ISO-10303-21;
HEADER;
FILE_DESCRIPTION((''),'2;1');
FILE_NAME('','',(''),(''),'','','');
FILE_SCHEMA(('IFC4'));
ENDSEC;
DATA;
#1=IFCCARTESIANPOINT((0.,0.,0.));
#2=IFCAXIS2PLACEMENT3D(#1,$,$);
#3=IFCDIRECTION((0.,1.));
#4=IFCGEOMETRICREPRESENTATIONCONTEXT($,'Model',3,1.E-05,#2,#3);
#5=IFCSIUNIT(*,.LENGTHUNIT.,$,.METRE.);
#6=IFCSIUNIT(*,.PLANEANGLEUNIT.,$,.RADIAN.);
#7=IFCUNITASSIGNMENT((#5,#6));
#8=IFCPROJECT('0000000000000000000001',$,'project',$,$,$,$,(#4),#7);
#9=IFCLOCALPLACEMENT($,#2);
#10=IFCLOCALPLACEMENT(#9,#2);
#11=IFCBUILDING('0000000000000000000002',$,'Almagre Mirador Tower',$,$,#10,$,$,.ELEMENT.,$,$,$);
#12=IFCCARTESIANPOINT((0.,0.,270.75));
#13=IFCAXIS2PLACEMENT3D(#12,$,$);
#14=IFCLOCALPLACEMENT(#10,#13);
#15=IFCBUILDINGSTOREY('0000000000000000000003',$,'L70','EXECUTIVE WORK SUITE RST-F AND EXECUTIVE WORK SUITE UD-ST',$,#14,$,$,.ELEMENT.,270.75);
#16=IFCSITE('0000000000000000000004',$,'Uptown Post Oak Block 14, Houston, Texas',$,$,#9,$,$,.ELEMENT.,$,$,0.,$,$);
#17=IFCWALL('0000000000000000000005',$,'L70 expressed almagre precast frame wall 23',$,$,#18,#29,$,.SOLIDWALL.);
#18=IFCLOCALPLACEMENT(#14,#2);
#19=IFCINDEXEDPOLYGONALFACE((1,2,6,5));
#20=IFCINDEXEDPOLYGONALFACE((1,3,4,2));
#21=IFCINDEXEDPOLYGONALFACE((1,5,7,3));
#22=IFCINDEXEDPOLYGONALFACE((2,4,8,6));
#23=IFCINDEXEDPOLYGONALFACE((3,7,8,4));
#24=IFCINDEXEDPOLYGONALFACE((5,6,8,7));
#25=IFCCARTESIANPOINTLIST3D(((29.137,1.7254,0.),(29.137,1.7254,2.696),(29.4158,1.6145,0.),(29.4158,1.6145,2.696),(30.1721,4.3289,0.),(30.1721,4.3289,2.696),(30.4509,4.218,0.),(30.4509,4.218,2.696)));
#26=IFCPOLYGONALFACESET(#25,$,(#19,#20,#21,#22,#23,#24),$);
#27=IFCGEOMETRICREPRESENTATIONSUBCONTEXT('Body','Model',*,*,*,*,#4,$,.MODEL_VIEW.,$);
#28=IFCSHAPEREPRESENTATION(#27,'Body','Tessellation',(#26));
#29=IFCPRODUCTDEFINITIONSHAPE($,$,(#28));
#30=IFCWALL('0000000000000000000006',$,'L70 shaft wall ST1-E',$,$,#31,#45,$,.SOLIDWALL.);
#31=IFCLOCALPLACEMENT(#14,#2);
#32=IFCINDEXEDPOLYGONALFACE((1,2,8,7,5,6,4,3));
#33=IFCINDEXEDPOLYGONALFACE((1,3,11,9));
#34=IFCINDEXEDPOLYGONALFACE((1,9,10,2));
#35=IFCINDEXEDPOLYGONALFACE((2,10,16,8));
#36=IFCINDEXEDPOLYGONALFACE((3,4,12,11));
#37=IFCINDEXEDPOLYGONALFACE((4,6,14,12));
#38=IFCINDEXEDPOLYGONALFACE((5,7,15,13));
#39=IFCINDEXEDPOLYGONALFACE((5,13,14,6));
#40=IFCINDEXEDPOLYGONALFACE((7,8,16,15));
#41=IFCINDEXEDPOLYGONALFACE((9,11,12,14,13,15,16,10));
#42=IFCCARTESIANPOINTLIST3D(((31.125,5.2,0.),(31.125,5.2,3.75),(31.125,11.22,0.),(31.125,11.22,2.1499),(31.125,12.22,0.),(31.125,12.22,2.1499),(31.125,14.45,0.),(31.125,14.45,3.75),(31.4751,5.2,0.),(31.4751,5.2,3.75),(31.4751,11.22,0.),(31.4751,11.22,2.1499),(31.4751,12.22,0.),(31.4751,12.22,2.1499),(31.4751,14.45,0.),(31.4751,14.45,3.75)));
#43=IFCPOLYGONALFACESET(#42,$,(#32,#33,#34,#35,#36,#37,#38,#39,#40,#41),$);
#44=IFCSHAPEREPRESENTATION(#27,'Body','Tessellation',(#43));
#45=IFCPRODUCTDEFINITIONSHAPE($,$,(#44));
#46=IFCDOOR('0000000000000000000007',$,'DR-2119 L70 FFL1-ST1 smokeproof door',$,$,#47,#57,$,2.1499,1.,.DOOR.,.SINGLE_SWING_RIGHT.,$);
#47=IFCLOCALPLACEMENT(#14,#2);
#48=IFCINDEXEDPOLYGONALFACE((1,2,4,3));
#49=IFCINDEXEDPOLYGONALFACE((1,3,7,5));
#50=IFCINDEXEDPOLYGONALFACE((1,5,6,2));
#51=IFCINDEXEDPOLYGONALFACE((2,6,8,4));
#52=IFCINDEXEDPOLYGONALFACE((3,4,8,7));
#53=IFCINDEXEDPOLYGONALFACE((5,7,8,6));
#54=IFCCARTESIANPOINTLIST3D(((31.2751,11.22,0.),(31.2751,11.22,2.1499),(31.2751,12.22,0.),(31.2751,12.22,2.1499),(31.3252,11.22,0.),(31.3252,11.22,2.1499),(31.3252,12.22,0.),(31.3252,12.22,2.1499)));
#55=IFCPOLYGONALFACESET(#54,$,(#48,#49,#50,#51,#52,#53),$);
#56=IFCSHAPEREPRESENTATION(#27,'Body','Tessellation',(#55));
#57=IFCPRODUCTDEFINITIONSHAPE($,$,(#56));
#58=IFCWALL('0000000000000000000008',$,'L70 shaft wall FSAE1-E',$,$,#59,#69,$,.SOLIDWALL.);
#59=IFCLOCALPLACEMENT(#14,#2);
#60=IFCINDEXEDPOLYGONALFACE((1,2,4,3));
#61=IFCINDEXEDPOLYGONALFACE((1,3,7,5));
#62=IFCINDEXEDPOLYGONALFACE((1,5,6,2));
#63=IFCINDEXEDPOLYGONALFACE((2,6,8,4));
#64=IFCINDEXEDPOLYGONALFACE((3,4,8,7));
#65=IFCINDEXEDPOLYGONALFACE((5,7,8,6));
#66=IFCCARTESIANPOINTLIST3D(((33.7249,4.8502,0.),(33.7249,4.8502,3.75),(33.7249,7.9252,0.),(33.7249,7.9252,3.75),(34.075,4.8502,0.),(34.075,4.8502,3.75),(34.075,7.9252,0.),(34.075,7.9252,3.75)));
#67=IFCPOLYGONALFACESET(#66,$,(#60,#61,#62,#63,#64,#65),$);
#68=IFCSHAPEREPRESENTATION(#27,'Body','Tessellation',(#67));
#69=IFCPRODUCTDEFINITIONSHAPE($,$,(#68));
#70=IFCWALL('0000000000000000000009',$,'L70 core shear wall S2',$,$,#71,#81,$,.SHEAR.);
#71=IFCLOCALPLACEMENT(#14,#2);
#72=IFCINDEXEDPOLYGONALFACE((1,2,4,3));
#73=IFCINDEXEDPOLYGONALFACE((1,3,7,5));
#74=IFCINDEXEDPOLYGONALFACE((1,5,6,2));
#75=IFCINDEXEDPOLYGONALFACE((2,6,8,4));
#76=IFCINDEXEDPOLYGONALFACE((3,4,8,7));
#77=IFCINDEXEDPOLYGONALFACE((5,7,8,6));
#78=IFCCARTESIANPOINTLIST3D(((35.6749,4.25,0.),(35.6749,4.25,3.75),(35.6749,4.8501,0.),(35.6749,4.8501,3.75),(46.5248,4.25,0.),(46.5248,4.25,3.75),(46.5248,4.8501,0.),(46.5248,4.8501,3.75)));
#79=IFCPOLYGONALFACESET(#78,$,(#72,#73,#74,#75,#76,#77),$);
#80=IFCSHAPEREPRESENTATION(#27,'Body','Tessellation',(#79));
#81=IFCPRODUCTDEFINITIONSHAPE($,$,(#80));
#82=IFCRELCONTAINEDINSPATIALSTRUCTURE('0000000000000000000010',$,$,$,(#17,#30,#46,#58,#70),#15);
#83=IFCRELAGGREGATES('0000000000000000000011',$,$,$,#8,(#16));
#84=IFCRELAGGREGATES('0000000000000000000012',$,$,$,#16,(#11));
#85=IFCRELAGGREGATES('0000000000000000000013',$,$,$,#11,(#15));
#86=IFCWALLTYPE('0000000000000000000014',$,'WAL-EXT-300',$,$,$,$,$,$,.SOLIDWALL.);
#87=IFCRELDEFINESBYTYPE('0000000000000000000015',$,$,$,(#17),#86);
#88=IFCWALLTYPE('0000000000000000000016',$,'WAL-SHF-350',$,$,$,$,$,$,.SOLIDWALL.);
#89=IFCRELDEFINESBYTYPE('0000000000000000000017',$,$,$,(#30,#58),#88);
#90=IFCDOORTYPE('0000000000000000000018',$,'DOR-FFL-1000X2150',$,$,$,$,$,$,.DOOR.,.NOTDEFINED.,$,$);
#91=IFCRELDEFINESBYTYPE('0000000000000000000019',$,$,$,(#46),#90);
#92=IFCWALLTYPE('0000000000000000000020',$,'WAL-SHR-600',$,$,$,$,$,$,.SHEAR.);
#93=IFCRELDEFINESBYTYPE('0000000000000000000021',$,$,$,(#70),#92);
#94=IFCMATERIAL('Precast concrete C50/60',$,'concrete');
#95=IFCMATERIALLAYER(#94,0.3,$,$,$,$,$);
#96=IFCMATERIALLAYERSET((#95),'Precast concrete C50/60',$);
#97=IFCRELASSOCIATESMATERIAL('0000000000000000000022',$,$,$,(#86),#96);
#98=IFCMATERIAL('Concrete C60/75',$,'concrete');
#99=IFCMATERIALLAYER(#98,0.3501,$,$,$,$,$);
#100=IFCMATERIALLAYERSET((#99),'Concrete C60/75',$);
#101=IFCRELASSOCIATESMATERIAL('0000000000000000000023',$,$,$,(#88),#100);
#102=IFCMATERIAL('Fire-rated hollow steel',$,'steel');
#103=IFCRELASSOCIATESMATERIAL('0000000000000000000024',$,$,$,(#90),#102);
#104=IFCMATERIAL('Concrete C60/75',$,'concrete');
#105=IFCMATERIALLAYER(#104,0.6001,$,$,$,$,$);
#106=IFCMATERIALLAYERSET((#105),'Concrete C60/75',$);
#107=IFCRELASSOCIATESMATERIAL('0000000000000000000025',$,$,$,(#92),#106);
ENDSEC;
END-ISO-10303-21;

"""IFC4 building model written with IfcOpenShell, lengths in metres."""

from ifc_helpers import new_model, si_unit, direction, frame, frame_2d, origin, place, context, subcontext, project, spatial, rectangle, extrude, material, layer, layer_set, type_object, element, fill, save


model = new_model("IFC4")

# Units and contexts
model_context = context("Model", 3, precision=1e-05, world=origin(), true_north=direction((0.0, 1.0)))
body_context = subcontext(model_context, "Body", "Model", "MODEL_VIEW")
ifc_project = project(units=[si_unit("LENGTHUNIT", "METRE"), si_unit("PLANEANGLEUNIT", "RADIAN")], contexts=[model_context])

# Site, building, storey
site_placement = place(None, origin())
site = spatial("IfcSite", under=ifc_project, at=site_placement, Name="Uptown Post Oak Block 14, Houston, Texas", CompositionType="ELEMENT", RefElevation=0.0)
building_placement = place(site_placement, origin())
building = spatial("IfcBuilding", under=site, at=building_placement, Name="Almagre Mirador Tower", CompositionType="ELEMENT")
storey_placement = place(building_placement, frame((0.0, 0.0, 270.75)))
storey = spatial("IfcBuildingStorey", under=building, at=storey_placement, Name="L70", Description="EXECUTIVE WORK SUITE RST-F AND EXECUTIVE WORK SUITE UD-ST", CompositionType="ELEMENT", Elevation=270.75)

# Wall
ifc_material_1 = material(Name="Precast concrete C50/60", Category="concrete")
ifc_layer_1 = layer(ifc_material_1, 0.3)
ifc_layer_set_1 = layer_set([ifc_layer_1], Name="Precast concrete C50/60")
wall_type_1 = type_object("IfcWallType", Name="WAL-EXT-300", PredefinedType="SOLIDWALL", material=ifc_layer_set_1)
wall_1_placement = place(storey_placement, frame((30.3115, 4.2734, 0.0), z_axis=(0.0, 0.0, 1.0), x_axis=(-0.369467, -0.929244, 0.0)))
element("IfcWall", 1, at=wall_1_placement, inside=storey, type_object=wall_type_1, Name="L70 expressed almagre precast frame wall 23", PredefinedType="SOLIDWALL", context=body_context, shape_type="SweptSolid", body=[
    extrude(rectangle(XDim=2.8018, YDim=0.3, at=frame_2d((1.4009, 0.0))), origin(), (0.0, 0.0, 1.0), 2.696),
])

# Wall, opening, door
ifc_material_2 = material(Name="Concrete C60/75", Category="concrete")
ifc_layer_2 = layer(ifc_material_2, 0.3501)
ifc_layer_set_2 = layer_set([ifc_layer_2], Name="Concrete C60/75")
wall_type_2 = type_object("IfcWallType", Name="WAL-SHF-350", PredefinedType="SOLIDWALL", material=ifc_layer_set_2)
wall_2_placement = place(storey_placement, frame((31.3, 5.2, 0.0), z_axis=(0.0, 0.0, 1.0), x_axis=(0.0, 1.0, 0.0)))
wall_2 = element("IfcWall", 2, at=wall_2_placement, inside=storey, type_object=wall_type_2, Name="L70 shaft wall ST1-E", PredefinedType="SOLIDWALL", context=body_context, shape_type="SweptSolid", body=[
    extrude(rectangle(XDim=9.25, YDim=0.3501, at=frame_2d((4.625, 0.0))), origin(), (0.0, 0.0, 1.0), 3.75),
])
opening_placement = place(wall_2_placement, frame((6.02, 0.0, 0.0)))
opening = element("IfcOpeningElement", 3, at=opening_placement, cuts=wall_2, PredefinedType="OPENING", context=body_context, shape_type="SweptSolid", body=[
    extrude(rectangle(XDim=1.0, YDim=2.1499, at=frame_2d((0.5, 1.075))), frame((0.0, 0.185, 0.0), z_axis=(0.0, -1.0, 0.0), x_axis=(1.0, 0.0, 0.0)), (0.0, 0.0, 1.0), 0.3701),
])
ifc_material_3 = material(Name="Fire-rated hollow steel", Category="steel")
door_type = type_object("IfcDoorType", Name="DOR-FFL-1000X2150", OperationType="NOTDEFINED", PredefinedType="DOOR", material=ifc_material_3)
door_placement = place(opening_placement, origin())
door = element("IfcDoor", 4, at=door_placement, inside=storey, type_object=door_type, Name="DR-2119 L70 FFL1-ST1 smokeproof door", OperationType="SINGLE_SWING_RIGHT", OverallHeight=2.1499, OverallWidth=1.0, PredefinedType="DOOR", context=body_context, shape_type="SweptSolid", body=[
    extrude(rectangle(XDim=1.0, YDim=2.1499, at=frame_2d((0.5, 1.075))), frame((0.0, 0.0249, 0.0), z_axis=(0.0, -1.0, 0.0), x_axis=(1.0, 0.0, 0.0)), (0.0, 0.0, 1.0), 0.05),
])
fill(opening, door)

# Walls
wall_3_placement = place(storey_placement, frame((33.8999, 4.8501, 0.0), z_axis=(0.0, 0.0, 1.0), x_axis=(0.0, 1.0, 0.0)))
element("IfcWall", 5, at=wall_3_placement, inside=storey, type_object=wall_type_2, Name="L70 shaft wall FSAE1-E", PredefinedType="SOLIDWALL", context=body_context, shape_type="SweptSolid", body=[
    extrude(rectangle(XDim=3.075, YDim=0.3501, at=frame_2d((1.5376, 0.0))), origin(), (0.0, 0.0, 1.0), 3.75),
])
ifc_material_4 = material(Name="Concrete C60/75", Category="concrete")
ifc_layer_3 = layer(ifc_material_4, 0.6001)
ifc_layer_set_3 = layer_set([ifc_layer_3], Name="Concrete C60/75")
wall_type_3 = type_object("IfcWallType", Name="WAL-SHR-600", PredefinedType="SHEAR", material=ifc_layer_set_3)
wall_4_placement = place(storey_placement, frame((35.675, 4.55, 0.0), z_axis=(0.0, 0.0, 1.0), x_axis=(1.0, 0.0, 0.0)))
element("IfcWall", 6, at=wall_4_placement, inside=storey, type_object=wall_type_3, Name="L70 core shear wall S2", PredefinedType="SHEAR", context=body_context, shape_type="SweptSolid", body=[
    extrude(rectangle(XDim=10.8499, YDim=0.6001, at=frame_2d((5.4248, 0.0))), origin(), (0.0, 0.0, 1.0), 3.75),
])

save(model, "model.ifc")
